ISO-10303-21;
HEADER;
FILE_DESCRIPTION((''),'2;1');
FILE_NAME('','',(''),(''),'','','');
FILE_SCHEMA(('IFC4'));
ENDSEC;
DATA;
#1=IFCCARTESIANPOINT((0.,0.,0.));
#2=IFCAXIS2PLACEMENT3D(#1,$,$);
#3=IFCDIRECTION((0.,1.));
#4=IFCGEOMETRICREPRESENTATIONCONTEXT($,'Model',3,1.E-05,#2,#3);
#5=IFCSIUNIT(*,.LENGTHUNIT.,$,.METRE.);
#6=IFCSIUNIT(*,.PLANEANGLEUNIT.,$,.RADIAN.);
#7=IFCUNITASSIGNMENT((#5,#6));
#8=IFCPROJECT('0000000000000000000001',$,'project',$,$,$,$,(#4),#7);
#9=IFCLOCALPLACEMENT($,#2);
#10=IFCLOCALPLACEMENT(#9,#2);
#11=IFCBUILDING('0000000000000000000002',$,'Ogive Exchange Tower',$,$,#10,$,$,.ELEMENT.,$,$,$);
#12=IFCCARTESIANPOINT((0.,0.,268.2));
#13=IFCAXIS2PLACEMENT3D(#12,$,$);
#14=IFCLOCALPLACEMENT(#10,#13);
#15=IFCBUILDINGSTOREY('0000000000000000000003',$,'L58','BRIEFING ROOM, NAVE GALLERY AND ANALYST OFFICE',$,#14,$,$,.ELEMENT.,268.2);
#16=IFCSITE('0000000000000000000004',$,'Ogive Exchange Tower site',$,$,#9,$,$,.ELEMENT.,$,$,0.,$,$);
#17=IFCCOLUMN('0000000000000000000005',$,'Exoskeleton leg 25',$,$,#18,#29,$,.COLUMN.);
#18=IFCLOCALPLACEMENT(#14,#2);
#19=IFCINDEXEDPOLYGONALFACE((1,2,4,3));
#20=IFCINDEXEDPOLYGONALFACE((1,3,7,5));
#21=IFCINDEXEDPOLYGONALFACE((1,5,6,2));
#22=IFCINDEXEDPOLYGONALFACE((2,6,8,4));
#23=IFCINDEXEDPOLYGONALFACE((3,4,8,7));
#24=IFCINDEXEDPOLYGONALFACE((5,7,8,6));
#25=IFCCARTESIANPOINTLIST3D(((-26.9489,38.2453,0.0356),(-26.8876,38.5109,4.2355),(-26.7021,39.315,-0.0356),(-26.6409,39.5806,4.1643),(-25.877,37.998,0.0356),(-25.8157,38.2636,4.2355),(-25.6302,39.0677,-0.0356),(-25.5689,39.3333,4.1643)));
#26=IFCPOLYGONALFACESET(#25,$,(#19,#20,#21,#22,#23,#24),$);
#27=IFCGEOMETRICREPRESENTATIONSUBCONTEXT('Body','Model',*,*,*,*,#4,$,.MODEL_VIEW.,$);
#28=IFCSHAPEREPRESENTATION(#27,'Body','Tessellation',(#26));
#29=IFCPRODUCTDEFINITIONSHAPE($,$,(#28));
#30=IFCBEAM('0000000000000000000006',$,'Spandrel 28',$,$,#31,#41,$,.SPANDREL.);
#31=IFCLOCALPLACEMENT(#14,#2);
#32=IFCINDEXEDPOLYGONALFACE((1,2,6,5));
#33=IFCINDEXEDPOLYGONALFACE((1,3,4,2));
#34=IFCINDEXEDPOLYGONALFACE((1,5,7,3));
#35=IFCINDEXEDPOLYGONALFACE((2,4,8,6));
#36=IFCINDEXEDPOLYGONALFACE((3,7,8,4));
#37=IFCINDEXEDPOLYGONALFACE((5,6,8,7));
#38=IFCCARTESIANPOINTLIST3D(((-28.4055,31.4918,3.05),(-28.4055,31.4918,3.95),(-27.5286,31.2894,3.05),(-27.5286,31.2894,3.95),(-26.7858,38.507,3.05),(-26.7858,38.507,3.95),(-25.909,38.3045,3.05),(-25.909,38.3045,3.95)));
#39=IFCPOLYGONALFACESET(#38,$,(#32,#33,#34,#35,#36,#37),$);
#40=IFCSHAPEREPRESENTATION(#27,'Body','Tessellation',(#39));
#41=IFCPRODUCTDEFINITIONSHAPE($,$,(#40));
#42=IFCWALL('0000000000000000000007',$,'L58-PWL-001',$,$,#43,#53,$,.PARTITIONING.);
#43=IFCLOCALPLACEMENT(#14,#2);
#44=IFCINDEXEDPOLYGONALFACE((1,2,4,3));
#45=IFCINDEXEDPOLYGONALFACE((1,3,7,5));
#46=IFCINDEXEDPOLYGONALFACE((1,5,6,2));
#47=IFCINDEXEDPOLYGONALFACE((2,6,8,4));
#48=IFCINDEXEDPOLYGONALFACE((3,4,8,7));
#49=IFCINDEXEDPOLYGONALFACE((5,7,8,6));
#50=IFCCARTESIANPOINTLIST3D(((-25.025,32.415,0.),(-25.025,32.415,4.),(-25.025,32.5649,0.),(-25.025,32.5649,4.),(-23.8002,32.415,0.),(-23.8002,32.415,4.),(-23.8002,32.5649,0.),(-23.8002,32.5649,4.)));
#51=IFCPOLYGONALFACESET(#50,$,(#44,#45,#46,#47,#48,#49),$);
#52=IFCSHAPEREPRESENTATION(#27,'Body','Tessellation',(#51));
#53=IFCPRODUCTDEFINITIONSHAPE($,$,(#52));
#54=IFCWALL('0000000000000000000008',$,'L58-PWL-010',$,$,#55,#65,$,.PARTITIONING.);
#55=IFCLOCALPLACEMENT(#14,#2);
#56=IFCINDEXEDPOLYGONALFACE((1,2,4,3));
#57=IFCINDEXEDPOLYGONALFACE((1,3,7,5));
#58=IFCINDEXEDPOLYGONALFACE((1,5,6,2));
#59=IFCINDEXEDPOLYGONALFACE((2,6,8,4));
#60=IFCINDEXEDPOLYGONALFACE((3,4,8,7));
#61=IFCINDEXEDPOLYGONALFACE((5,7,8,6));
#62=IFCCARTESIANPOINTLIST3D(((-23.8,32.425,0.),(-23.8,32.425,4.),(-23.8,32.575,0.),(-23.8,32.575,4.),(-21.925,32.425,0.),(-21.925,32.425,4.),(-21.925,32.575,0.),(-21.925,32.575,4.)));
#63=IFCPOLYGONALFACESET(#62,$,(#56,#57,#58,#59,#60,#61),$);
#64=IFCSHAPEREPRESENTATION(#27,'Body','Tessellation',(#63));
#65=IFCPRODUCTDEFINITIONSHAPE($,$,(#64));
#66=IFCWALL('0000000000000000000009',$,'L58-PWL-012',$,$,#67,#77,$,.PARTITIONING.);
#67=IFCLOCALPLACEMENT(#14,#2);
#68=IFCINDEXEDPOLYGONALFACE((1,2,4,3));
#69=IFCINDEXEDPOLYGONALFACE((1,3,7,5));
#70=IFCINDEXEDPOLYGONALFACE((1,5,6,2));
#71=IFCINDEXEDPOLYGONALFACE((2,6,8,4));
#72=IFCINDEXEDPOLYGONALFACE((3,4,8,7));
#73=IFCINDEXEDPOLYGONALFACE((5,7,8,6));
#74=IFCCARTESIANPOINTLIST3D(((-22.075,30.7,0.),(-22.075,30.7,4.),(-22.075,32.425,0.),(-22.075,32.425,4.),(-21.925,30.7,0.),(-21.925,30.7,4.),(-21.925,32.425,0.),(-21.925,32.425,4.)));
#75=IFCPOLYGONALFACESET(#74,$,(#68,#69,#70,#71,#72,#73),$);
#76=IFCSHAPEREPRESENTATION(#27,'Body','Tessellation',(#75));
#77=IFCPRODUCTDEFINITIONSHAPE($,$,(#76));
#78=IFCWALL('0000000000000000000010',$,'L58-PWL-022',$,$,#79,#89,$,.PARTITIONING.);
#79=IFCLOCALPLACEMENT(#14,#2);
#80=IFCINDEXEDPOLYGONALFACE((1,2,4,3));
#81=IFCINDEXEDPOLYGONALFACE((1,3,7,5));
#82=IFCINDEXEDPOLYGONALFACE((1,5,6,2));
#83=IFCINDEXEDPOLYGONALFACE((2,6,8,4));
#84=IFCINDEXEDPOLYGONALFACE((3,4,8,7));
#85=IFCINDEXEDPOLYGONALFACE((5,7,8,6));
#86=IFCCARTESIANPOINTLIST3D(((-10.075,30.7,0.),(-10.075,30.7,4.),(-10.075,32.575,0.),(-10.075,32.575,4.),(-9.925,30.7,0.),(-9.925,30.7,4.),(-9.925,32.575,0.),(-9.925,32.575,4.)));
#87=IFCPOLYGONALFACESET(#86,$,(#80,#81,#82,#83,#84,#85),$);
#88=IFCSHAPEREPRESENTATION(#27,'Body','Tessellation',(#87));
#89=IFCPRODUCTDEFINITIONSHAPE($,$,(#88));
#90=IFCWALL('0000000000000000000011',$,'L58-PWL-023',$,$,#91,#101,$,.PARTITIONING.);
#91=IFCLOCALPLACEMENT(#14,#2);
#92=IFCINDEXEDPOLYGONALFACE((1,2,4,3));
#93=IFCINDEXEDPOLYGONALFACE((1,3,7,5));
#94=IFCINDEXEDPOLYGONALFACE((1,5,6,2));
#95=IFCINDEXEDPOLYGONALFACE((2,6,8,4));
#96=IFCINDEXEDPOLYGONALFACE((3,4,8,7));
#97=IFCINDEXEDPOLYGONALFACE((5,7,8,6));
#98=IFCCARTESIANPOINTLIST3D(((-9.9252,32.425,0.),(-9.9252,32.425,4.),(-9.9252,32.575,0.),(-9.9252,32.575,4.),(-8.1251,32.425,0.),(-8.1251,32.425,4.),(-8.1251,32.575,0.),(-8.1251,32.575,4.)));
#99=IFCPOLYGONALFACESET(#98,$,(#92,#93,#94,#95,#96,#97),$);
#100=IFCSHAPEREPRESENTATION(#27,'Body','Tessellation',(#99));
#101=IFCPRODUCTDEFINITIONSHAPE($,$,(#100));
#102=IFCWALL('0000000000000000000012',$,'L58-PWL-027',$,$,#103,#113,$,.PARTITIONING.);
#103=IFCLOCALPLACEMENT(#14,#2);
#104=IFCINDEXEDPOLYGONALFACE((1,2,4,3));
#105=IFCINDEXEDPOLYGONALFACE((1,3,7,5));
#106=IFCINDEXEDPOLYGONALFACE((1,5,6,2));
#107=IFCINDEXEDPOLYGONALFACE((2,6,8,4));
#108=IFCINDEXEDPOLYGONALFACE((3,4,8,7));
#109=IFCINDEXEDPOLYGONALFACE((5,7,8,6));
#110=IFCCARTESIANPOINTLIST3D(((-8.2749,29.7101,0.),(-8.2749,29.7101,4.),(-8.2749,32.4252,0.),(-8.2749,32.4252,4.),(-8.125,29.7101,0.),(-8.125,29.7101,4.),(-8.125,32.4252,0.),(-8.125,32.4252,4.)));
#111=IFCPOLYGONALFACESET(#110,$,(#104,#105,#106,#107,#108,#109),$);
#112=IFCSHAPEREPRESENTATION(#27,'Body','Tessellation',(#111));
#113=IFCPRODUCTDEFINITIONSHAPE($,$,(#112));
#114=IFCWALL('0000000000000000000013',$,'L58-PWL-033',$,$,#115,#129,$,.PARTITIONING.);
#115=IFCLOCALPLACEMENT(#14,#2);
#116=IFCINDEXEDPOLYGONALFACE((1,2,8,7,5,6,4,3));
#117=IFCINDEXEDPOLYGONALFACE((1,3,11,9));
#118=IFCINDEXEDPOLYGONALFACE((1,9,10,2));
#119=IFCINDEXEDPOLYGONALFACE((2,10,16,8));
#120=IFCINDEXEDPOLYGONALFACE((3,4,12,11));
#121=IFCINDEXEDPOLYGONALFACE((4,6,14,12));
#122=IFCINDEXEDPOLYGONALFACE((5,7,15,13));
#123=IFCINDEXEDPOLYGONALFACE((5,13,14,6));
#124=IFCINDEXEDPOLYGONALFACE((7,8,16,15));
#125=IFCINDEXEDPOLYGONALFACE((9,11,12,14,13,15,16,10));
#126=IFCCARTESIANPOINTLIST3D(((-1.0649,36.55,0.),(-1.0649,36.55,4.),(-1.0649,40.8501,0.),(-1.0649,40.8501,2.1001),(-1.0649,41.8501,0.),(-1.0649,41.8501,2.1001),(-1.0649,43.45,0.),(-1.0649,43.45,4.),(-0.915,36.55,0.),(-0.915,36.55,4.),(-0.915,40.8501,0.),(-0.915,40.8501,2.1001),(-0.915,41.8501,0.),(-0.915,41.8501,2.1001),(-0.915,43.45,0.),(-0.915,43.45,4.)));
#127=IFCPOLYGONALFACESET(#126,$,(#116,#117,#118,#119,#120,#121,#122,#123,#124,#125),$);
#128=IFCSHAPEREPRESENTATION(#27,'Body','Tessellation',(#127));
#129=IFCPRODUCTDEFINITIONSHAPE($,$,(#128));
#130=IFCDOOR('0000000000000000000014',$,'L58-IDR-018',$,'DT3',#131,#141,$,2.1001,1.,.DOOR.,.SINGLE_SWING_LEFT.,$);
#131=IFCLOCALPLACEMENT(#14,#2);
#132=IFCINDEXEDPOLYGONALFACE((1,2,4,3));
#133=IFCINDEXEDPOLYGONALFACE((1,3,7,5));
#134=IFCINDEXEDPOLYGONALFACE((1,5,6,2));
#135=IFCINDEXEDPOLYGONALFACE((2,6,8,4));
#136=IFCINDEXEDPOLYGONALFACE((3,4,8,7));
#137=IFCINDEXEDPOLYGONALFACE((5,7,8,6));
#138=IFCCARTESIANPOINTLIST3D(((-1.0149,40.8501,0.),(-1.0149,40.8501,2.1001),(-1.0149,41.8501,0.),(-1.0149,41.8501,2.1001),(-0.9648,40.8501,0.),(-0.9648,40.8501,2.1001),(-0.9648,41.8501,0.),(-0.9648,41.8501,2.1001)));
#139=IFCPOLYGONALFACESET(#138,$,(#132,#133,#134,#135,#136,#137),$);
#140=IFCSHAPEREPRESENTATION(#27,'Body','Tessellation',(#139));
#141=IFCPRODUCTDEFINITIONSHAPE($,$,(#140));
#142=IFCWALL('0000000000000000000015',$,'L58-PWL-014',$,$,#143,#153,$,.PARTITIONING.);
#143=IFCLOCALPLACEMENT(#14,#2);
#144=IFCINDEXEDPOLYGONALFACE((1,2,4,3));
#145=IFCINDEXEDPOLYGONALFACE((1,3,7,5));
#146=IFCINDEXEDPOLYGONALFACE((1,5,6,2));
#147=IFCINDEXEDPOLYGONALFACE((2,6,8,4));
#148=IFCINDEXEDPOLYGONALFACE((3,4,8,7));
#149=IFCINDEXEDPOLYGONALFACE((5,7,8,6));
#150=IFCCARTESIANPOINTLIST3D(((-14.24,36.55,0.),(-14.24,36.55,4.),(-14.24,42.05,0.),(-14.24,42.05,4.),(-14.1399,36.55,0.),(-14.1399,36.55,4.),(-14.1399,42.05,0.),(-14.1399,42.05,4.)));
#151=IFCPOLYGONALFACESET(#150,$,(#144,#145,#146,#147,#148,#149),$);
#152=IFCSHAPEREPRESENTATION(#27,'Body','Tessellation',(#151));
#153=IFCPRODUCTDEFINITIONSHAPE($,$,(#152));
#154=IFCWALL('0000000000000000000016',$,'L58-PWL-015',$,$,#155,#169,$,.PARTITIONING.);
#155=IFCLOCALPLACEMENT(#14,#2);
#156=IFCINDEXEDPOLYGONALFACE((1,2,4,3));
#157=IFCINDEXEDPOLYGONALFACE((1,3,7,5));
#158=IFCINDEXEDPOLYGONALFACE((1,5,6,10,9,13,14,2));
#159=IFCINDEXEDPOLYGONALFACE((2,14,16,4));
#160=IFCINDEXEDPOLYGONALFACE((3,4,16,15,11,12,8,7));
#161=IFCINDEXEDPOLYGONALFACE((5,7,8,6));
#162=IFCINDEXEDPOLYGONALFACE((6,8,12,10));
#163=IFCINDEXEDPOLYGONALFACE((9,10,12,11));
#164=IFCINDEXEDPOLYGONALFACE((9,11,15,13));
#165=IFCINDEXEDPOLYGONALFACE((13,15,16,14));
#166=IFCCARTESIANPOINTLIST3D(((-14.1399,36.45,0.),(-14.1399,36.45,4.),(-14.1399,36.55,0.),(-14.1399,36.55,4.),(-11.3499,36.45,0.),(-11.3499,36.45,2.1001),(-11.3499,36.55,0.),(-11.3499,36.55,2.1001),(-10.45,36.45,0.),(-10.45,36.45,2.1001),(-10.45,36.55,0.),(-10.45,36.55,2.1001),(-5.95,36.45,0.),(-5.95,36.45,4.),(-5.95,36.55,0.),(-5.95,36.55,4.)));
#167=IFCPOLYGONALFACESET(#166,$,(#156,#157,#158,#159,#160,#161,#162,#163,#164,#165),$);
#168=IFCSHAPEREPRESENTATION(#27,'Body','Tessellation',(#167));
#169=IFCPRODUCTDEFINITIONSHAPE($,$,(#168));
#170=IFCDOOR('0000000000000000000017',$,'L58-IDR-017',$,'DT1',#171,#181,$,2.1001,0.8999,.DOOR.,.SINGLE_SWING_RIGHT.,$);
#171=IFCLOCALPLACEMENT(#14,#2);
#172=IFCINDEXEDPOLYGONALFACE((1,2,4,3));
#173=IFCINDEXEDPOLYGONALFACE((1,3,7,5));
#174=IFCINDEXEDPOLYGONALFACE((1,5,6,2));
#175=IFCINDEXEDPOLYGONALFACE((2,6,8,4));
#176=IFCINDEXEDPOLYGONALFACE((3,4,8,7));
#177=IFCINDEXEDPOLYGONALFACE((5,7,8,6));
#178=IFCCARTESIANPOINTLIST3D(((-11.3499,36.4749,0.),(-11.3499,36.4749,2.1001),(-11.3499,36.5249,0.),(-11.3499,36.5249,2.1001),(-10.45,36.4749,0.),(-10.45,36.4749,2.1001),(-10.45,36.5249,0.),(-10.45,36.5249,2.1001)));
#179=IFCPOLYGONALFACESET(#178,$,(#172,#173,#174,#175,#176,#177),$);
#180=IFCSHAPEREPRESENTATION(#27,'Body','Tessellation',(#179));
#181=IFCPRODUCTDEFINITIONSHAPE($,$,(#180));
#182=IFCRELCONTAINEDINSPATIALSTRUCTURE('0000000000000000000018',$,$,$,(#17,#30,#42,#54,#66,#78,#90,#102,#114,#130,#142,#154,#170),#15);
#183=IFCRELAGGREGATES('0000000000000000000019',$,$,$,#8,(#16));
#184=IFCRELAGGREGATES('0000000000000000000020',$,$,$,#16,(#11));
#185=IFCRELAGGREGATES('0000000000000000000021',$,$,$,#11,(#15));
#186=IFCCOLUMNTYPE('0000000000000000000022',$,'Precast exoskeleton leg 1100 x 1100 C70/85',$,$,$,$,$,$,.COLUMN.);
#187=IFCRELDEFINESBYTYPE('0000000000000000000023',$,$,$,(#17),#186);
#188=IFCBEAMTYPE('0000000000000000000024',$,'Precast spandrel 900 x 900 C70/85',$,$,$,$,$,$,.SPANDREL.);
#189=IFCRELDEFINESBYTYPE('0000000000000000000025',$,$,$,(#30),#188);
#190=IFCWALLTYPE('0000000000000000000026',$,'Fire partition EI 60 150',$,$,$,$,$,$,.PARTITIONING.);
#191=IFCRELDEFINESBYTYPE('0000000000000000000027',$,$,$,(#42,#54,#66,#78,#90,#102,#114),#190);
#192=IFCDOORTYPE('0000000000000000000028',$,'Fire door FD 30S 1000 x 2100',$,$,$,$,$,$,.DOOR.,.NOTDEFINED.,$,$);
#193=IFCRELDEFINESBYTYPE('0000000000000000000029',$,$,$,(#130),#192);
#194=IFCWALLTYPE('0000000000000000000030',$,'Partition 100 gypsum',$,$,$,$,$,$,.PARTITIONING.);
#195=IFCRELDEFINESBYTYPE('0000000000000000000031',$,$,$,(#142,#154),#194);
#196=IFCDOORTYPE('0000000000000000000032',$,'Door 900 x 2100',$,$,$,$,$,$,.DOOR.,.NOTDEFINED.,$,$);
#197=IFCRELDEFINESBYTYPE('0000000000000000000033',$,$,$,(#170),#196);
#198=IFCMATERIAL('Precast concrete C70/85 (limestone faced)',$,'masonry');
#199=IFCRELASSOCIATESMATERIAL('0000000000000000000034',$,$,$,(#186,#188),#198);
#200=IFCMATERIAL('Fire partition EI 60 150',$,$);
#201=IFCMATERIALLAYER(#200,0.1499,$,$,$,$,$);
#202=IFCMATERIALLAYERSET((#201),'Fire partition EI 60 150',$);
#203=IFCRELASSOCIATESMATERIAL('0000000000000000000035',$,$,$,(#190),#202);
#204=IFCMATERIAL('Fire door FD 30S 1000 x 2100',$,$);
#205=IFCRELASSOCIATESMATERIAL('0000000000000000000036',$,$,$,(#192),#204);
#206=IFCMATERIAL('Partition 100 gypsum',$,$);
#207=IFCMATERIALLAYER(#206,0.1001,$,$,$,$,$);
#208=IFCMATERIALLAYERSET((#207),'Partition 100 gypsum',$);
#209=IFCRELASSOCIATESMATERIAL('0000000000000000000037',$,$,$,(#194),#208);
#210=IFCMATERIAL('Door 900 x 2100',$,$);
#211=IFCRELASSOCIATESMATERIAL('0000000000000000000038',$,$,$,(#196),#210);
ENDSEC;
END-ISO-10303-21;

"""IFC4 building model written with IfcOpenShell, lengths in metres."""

from ifc_helpers import new_model, si_unit, direction, frame, frame_2d, origin, origin_2d, place, context, subcontext, project, spatial, rectangle, extrude, material, layer, layer_set, material_profile, profile_set, type_object, element, fill, save


model = new_model("IFC4")

# Units and contexts
model_context = context("Model", 3, precision=1e-05, world=origin(), true_north=direction((0.0, 1.0)))
body_context = subcontext(model_context, "Body", "Model", "MODEL_VIEW")
ifc_project = project(units=[si_unit("LENGTHUNIT", "METRE"), si_unit("PLANEANGLEUNIT", "RADIAN")], contexts=[model_context])

# Site, building, storey
site_placement = place(None, origin())
site = spatial("IfcSite", under=ifc_project, at=site_placement, Name="Ogive Exchange Tower site", CompositionType="ELEMENT", RefElevation=0.0)
building_placement = place(site_placement, origin())
building = spatial("IfcBuilding", under=site, at=building_placement, Name="Ogive Exchange Tower", CompositionType="ELEMENT")
storey_placement = place(building_placement, frame((0.0, 0.0, 268.2)))
storey = spatial("IfcBuildingStorey", under=building, at=storey_placement, Name="L58", Description="BRIEFING ROOM, NAVE GALLERY AND ANALYST OFFICE", CompositionType="ELEMENT", Elevation=268.2)

# Column
ifc_material_1 = material(Name="Precast concrete C70/85 (limestone faced)", Category="masonry")
ifc_material_profile_1 = material_profile(ifc_material_1, rectangle(XDim=1.1001, YDim=1.1001, at=origin_2d()), Name="1100 x 1100")
ifc_profile_set_1 = profile_set([ifc_material_profile_1], Name="Precast concrete C70/85 (limestone faced)")
column_type = type_object("IfcColumnType", Name="Precast exoskeleton leg 1100 x 1100 C70/85", PredefinedType="COLUMN", material=ifc_profile_set_1)
column_placement = place(storey_placement, frame((-26.2896, 38.6565, 0.0), z_axis=(0.01456, 0.063112, 0.9979), x_axis=(-0.974406, 0.224794, 0.0)))
element("IfcColumn", 1, at=column_placement, inside=storey, type_object=column_type, Name="Exoskeleton leg 25", PredefinedType="COLUMN", context=body_context, shape_type="SweptSolid", body=[
    extrude(rectangle(XDim=1.1001, YDim=1.1001, at=origin_2d()), origin(), (0.0, 0.0, 1.0), 4.2087),
])

# Beam
ifc_material_profile_2 = material_profile(ifc_material_1, rectangle(XDim=0.8999, YDim=0.8999, at=origin_2d()), Name="900 x 900")
ifc_profile_set_2 = profile_set([ifc_material_profile_2], Name="Precast concrete C70/85 (limestone faced)")
beam_type = type_object("IfcBeamType", Name="Precast spandrel 900 x 900 C70/85", PredefinedType="SPANDREL", material=ifc_profile_set_2)
beam_placement = place(storey_placement, frame((-26.3474, 38.4058, 3.5), z_axis=(-0.224959, -0.974368, 0.0), x_axis=(0.974368, -0.224959, 0.0)))
element("IfcBeam", 2, at=beam_placement, inside=storey, type_object=beam_type, Name="Spandrel 28", PredefinedType="SPANDREL", context=body_context, shape_type="SweptSolid", body=[
    extrude(rectangle(XDim=0.8999, YDim=0.8999, at=origin_2d()), origin(), (0.0, 0.0, 1.0), 7.1997),
])

# Walls
ifc_material_2 = material(Name="Fire partition EI 60 150")
ifc_layer_1 = layer(ifc_material_2, 0.1499)
ifc_layer_set_1 = layer_set([ifc_layer_1], Name="Fire partition EI 60 150")
wall_type_1 = type_object("IfcWallType", Name="Fire partition EI 60 150", PredefinedType="PARTITIONING", material=ifc_layer_set_1)
wall_1_placement = place(storey_placement, frame((-25.0249, 32.49, 0.0), z_axis=(0.0, 0.0, 1.0), x_axis=(1.0, 0.0, 0.0)))
element("IfcWall", 3, at=wall_1_placement, inside=storey, type_object=wall_type_1, Name="L58-PWL-001", PredefinedType="PARTITIONING", context=body_context, shape_type="SweptSolid", body=[
    extrude(rectangle(XDim=1.2249, YDim=0.1499, at=frame_2d((0.6123, 0.0))), origin(), (0.0, 0.0, 1.0), 4.0),
])
wall_2_placement = place(storey_placement, frame((-23.8, 32.5, 0.0), z_axis=(0.0, 0.0, 1.0), x_axis=(1.0, 0.0, 0.0)))
element("IfcWall", 4, at=wall_2_placement, inside=storey, type_object=wall_type_1, Name="L58-PWL-010", PredefinedType="PARTITIONING", context=body_context, shape_type="SweptSolid", body=[
    extrude(rectangle(XDim=1.875, YDim=0.1499, at=frame_2d((0.9375, 0.0))), origin(), (0.0, 0.0, 1.0), 4.0),
])
wall_3_placement = place(storey_placement, frame((-22.0, 32.425, 0.0), z_axis=(0.0, 0.0, 1.0), x_axis=(0.0, -1.0, 0.0)))
element("IfcWall", 5, at=wall_3_placement, inside=storey, type_object=wall_type_1, Name="L58-PWL-012", PredefinedType="PARTITIONING", context=body_context, shape_type="SweptSolid", body=[
    extrude(rectangle(XDim=1.7251, YDim=0.1499, at=frame_2d((0.8625, 0.0))), origin(), (0.0, 0.0, 1.0), 4.0),
])
wall_4_placement = place(storey_placement, frame((-10.0, 30.7, 0.0), z_axis=(0.0, 0.0, 1.0), x_axis=(0.0, 1.0, 0.0)))
element("IfcWall", 6, at=wall_4_placement, inside=storey, type_object=wall_type_1, Name="L58-PWL-022", PredefinedType="PARTITIONING", context=body_context, shape_type="SweptSolid", body=[
    extrude(rectangle(XDim=1.875, YDim=0.1499, at=frame_2d((0.9375, 0.0))), origin(), (0.0, 0.0, 1.0), 4.0),
])
wall_5_placement = place(storey_placement, frame((-9.925, 32.5, 0.0), z_axis=(0.0, 0.0, 1.0), x_axis=(1.0, 0.0, 0.0)))
element("IfcWall", 7, at=wall_5_placement, inside=storey, type_object=wall_type_1, Name="L58-PWL-023", PredefinedType="PARTITIONING", context=body_context, shape_type="SweptSolid", body=[
    extrude(rectangle(XDim=1.8, YDim=0.1499, at=frame_2d((0.8999, 0.0))), origin(), (0.0, 0.0, 1.0), 4.0),
])
wall_6_placement = place(storey_placement, frame((-8.2, 32.425, 0.0), z_axis=(0.0, 0.0, 1.0), x_axis=(0.0, -1.0, 0.0)))
element("IfcWall", 8, at=wall_6_placement, inside=storey, type_object=wall_type_1, Name="L58-PWL-027", PredefinedType="PARTITIONING", context=body_context, shape_type="SweptSolid", body=[
    extrude(rectangle(XDim=2.7151, YDim=0.1499, at=frame_2d((1.3574, 0.0))), origin(), (0.0, 0.0, 1.0), 4.0),
])

# Wall, opening, door
wall_7_placement = place(storey_placement, frame((-0.99, 36.55, 0.0), z_axis=(0.0, 0.0, 1.0), x_axis=(0.0, 1.0, 0.0)))
wall_7 = element("IfcWall", 9, at=wall_7_placement, inside=storey, type_object=wall_type_1, Name="L58-PWL-033", PredefinedType="PARTITIONING", context=body_context, shape_type="SweptSolid", body=[
    extrude(rectangle(XDim=6.8999, YDim=0.1499, at=frame_2d((3.45, 0.0))), origin(), (0.0, 0.0, 1.0), 4.0),
])
opening_1_placement = place(wall_7_placement, frame((4.3, 0.0, 0.0)))
opening_1 = element("IfcOpeningElement", 10, at=opening_1_placement, cuts=wall_7, PredefinedType="OPENING", context=body_context, shape_type="SweptSolid", body=[
    extrude(rectangle(XDim=1.0, YDim=2.1001, at=frame_2d((0.5, 1.05))), frame((0.0, 0.085, 0.0), z_axis=(0.0, -1.0, 0.0), x_axis=(1.0, 0.0, 0.0)), (0.0, 0.0, 1.0), 0.1699),
])
ifc_material_3 = material(Name="Fire door FD 30S 1000 x 2100")
door_type_1 = type_object("IfcDoorType", Name="Fire door FD 30S 1000 x 2100", OperationType="NOTDEFINED", PredefinedType="DOOR", material=ifc_material_3)
door_1_placement = place(opening_1_placement, origin())
door_1 = element("IfcDoor", 11, at=door_1_placement, inside=storey, type_object=door_type_1, Name="L58-IDR-018", ObjectType="DT3", OperationType="SINGLE_SWING_LEFT", OverallHeight=2.1001, OverallWidth=1.0, PredefinedType="DOOR", context=body_context, shape_type="SweptSolid", body=[
    extrude(rectangle(XDim=1.0, YDim=2.1001, at=frame_2d((0.5, 1.05))), frame((0.0, 0.0249, 0.0), z_axis=(0.0, -1.0, 0.0), x_axis=(1.0, 0.0, 0.0)), (0.0, 0.0, 1.0), 0.05),
])
fill(opening_1, door_1)

# Wall
ifc_material_4 = material(Name="Partition 100 gypsum")
ifc_layer_2 = layer(ifc_material_4, 0.1001)
ifc_layer_set_2 = layer_set([ifc_layer_2], Name="Partition 100 gypsum")
wall_type_2 = type_object("IfcWallType", Name="Partition 100 gypsum", PredefinedType="PARTITIONING", material=ifc_layer_set_2)
wall_8_placement = place(storey_placement, frame((-14.1899, 36.55, 0.0), z_axis=(0.0, 0.0, 1.0), x_axis=(0.0, 1.0, 0.0)))
element("IfcWall", 12, at=wall_8_placement, inside=storey, type_object=wall_type_2, Name="L58-PWL-014", PredefinedType="PARTITIONING", context=body_context, shape_type="SweptSolid", body=[
    extrude(rectangle(XDim=5.5, YDim=0.1001, at=frame_2d((2.75, 0.0))), origin(), (0.0, 0.0, 1.0), 4.0),
])

# Wall, opening, door
wall_9_placement = place(storey_placement, frame((-14.1399, 36.5, 0.0), z_axis=(0.0, 0.0, 1.0), x_axis=(1.0, 0.0, 0.0)))
wall_9 = element("IfcWall", 13, at=wall_9_placement, inside=storey, type_object=wall_type_2, Name="L58-PWL-015", PredefinedType="PARTITIONING", context=body_context, shape_type="SweptSolid", body=[
    extrude(rectangle(XDim=8.1899, YDim=0.1001, at=frame_2d((4.095, 0.0))), origin(), (0.0, 0.0, 1.0), 4.0),
])
opening_2_placement = place(wall_9_placement, frame((2.79, 0.0, 0.0)))
opening_2 = element("IfcOpeningElement", 14, at=opening_2_placement, cuts=wall_9, PredefinedType="OPENING", context=body_context, shape_type="SweptSolid", body=[
    extrude(rectangle(XDim=0.8999, YDim=2.1001, at=frame_2d((0.45, 1.05))), frame((0.0, 0.0601, 0.0), z_axis=(0.0, -1.0, 0.0), x_axis=(1.0, 0.0, 0.0)), (0.0, 0.0, 1.0), 0.1201),
])
ifc_material_5 = material(Name="Door 900 x 2100")
door_type_2 = type_object("IfcDoorType", Name="Door 900 x 2100", OperationType="NOTDEFINED", PredefinedType="DOOR", material=ifc_material_5)
door_2_placement = place(opening_2_placement, origin())
door_2 = element("IfcDoor", 15, at=door_2_placement, inside=storey, type_object=door_type_2, Name="L58-IDR-017", ObjectType="DT1", OperationType="SINGLE_SWING_RIGHT", OverallHeight=2.1001, OverallWidth=0.8999, PredefinedType="DOOR", context=body_context, shape_type="SweptSolid", body=[
    extrude(rectangle(XDim=0.8999, YDim=2.1001, at=frame_2d((0.45, 1.05))), frame((0.0, 0.0249, 0.0), z_axis=(0.0, -1.0, 0.0), x_axis=(1.0, 0.0, 0.0)), (0.0, 0.0, 1.0), 0.05),
])
fill(opening_2, door_2)

save(model, "model.ifc")
